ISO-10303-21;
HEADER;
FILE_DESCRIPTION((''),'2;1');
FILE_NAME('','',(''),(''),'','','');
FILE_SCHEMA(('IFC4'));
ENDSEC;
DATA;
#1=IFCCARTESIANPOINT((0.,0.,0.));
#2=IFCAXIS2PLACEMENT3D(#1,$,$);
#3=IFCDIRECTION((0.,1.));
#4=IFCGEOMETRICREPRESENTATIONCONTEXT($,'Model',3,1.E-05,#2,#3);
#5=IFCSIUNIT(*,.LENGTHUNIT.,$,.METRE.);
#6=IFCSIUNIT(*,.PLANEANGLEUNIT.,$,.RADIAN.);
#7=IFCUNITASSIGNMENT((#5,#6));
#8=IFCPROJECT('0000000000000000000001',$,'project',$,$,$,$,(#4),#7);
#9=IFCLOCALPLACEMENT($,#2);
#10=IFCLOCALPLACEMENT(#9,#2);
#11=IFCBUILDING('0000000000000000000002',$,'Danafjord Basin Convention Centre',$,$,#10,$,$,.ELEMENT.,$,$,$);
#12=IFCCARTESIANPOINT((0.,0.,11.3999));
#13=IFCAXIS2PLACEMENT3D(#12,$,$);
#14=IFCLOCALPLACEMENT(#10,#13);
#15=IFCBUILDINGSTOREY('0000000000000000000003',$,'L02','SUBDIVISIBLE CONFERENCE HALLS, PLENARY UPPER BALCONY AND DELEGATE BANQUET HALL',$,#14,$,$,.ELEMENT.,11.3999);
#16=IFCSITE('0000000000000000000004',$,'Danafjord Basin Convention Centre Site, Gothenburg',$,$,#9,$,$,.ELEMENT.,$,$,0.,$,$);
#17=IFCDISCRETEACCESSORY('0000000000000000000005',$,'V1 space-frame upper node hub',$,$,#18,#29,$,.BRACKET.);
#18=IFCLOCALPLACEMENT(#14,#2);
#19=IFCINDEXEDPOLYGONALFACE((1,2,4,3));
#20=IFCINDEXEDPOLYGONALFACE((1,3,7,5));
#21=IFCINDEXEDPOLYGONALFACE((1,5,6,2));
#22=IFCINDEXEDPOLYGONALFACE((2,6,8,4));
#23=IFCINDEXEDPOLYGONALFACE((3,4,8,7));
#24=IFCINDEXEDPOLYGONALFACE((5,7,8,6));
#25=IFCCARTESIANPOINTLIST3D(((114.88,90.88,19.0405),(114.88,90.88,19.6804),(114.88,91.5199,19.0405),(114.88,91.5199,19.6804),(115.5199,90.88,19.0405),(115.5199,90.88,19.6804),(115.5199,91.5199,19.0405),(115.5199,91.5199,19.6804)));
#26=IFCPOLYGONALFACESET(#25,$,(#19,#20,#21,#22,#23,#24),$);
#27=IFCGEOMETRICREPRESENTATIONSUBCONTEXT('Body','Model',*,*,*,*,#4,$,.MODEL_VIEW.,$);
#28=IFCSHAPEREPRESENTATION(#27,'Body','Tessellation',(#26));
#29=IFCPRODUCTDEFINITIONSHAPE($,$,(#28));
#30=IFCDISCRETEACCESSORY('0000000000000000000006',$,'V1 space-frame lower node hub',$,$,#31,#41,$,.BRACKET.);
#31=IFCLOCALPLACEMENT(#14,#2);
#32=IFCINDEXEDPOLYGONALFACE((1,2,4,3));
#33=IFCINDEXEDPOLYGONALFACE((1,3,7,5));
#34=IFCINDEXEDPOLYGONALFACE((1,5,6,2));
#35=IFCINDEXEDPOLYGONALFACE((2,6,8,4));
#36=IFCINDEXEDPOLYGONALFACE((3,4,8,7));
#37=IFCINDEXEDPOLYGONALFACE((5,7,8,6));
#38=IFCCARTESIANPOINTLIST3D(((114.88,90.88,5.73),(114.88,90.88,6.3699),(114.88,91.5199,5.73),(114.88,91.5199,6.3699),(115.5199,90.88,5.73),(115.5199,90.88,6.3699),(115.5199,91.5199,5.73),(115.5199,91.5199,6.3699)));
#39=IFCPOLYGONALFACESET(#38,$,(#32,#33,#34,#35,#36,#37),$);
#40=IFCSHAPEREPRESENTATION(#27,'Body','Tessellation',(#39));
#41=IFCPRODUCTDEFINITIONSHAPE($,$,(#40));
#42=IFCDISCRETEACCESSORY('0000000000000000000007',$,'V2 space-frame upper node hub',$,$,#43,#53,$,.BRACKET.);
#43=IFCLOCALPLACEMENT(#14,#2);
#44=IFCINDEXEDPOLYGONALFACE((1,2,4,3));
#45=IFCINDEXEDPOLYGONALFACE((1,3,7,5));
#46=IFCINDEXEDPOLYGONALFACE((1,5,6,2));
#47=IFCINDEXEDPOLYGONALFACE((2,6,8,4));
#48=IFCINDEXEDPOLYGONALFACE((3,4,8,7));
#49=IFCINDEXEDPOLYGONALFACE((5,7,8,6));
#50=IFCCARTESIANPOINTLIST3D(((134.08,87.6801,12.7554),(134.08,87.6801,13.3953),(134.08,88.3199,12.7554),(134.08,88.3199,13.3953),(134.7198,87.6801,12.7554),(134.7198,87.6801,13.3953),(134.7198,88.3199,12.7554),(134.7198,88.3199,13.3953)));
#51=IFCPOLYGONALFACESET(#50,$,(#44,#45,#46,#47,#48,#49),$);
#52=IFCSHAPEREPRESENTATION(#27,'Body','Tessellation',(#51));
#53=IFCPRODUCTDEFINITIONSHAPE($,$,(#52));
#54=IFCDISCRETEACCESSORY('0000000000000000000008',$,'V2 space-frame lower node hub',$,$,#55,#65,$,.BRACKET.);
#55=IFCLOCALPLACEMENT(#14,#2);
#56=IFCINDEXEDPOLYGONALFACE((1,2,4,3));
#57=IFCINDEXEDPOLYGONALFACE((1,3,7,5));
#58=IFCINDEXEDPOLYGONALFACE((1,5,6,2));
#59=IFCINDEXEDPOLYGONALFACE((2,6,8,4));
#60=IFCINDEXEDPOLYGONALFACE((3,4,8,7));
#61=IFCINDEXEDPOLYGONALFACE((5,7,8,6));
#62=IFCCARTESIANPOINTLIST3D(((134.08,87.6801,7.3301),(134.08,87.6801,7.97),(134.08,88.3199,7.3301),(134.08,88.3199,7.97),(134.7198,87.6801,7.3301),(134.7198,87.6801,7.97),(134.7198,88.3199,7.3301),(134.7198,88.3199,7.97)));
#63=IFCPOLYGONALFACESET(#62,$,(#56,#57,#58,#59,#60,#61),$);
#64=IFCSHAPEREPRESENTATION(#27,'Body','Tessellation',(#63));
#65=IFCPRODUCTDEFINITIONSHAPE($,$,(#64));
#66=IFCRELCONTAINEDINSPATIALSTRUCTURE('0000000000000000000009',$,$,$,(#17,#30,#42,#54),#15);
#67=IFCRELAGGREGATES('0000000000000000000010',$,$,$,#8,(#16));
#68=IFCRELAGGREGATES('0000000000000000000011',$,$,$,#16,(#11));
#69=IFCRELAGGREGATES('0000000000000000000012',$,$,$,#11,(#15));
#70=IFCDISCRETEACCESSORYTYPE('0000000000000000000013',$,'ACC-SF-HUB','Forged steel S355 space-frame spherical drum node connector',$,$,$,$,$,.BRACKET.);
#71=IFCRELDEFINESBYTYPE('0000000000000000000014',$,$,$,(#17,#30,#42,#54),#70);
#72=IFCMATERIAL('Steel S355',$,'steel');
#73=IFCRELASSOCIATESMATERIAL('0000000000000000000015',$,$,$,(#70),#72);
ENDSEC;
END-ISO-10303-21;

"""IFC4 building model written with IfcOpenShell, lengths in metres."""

from ifc_helpers import new_model, si_unit, direction, frame, origin, origin_2d, place, context, subcontext, project, spatial, rectangle, extrude, material, type_object, element, save


model = new_model("IFC4")

# Units and contexts
model_context = context("Model", 3, precision=1e-05, world=origin(), true_north=direction((0.0, 1.0)))
body_context = subcontext(model_context, "Body", "Model", "MODEL_VIEW")
ifc_project = project(units=[si_unit("LENGTHUNIT", "METRE"), si_unit("PLANEANGLEUNIT", "RADIAN")], contexts=[model_context])

# Site, building, storey
site_placement = place(None, origin())
site = spatial("IfcSite", under=ifc_project, at=site_placement, Name="Danafjord Basin Convention Centre Site, Gothenburg", CompositionType="ELEMENT", RefElevation=0.0)
building_placement = place(site_placement, origin())
building = spatial("IfcBuilding", under=site, at=building_placement, Name="Danafjord Basin Convention Centre", CompositionType="ELEMENT")
storey_placement = place(building_placement, frame((0.0, 0.0, 11.3999)))
storey = spatial("IfcBuildingStorey", under=building, at=storey_placement, Name="L02", Description="SUBDIVISIBLE CONFERENCE HALLS, PLENARY UPPER BALCONY AND DELEGATE BANQUET HALL", CompositionType="ELEMENT", Elevation=11.3999)

# Shared definitions
ifc_material_1 = material(Name="Steel S355", Category="steel")

# Discrete accessories
discrete_accessory_type = type_object("IfcDiscreteAccessoryType", Name="ACC-SF-HUB", Description="Forged steel S355 space-frame spherical drum node connector", PredefinedType="BRACKET", material=ifc_material_1)
for number, where, z_axis, x_axis, name in (
    (1, (115.2, 91.2, 19.0405), (0.0, 0.0, 1.0), (1.0, 0.0, 0.0), "V1 space-frame upper node hub"),
    (2, (115.2, 91.2, 5.73), (0.0, 0.0, 1.0), (1.0, 0.0, 0.0), "V1 space-frame lower node hub"),
    (3, (134.3999, 88.0, 12.7554), (0.0, 0.0, 1.0), (1.0, 0.0, 0.0), "V2 space-frame upper node hub"),
    (4, (134.3999, 88.0, 7.3301), (0.0, 0.0, 1.0), (1.0, 0.0, 0.0), "V2 space-frame lower node hub"),
):
    element("IfcDiscreteAccessory", number, at=place(storey_placement, frame(where, z_axis=z_axis, x_axis=x_axis)), inside=storey, type_object=discrete_accessory_type, Name=name, PredefinedType="BRACKET", context=body_context, shape_type="SweptSolid", body=[
        extrude(rectangle(XDim=0.6399, YDim=0.6399, at=origin_2d()), origin(), (0.0, 0.0, 1.0), 0.6399),
    ])

save(model, "model.ifc")
